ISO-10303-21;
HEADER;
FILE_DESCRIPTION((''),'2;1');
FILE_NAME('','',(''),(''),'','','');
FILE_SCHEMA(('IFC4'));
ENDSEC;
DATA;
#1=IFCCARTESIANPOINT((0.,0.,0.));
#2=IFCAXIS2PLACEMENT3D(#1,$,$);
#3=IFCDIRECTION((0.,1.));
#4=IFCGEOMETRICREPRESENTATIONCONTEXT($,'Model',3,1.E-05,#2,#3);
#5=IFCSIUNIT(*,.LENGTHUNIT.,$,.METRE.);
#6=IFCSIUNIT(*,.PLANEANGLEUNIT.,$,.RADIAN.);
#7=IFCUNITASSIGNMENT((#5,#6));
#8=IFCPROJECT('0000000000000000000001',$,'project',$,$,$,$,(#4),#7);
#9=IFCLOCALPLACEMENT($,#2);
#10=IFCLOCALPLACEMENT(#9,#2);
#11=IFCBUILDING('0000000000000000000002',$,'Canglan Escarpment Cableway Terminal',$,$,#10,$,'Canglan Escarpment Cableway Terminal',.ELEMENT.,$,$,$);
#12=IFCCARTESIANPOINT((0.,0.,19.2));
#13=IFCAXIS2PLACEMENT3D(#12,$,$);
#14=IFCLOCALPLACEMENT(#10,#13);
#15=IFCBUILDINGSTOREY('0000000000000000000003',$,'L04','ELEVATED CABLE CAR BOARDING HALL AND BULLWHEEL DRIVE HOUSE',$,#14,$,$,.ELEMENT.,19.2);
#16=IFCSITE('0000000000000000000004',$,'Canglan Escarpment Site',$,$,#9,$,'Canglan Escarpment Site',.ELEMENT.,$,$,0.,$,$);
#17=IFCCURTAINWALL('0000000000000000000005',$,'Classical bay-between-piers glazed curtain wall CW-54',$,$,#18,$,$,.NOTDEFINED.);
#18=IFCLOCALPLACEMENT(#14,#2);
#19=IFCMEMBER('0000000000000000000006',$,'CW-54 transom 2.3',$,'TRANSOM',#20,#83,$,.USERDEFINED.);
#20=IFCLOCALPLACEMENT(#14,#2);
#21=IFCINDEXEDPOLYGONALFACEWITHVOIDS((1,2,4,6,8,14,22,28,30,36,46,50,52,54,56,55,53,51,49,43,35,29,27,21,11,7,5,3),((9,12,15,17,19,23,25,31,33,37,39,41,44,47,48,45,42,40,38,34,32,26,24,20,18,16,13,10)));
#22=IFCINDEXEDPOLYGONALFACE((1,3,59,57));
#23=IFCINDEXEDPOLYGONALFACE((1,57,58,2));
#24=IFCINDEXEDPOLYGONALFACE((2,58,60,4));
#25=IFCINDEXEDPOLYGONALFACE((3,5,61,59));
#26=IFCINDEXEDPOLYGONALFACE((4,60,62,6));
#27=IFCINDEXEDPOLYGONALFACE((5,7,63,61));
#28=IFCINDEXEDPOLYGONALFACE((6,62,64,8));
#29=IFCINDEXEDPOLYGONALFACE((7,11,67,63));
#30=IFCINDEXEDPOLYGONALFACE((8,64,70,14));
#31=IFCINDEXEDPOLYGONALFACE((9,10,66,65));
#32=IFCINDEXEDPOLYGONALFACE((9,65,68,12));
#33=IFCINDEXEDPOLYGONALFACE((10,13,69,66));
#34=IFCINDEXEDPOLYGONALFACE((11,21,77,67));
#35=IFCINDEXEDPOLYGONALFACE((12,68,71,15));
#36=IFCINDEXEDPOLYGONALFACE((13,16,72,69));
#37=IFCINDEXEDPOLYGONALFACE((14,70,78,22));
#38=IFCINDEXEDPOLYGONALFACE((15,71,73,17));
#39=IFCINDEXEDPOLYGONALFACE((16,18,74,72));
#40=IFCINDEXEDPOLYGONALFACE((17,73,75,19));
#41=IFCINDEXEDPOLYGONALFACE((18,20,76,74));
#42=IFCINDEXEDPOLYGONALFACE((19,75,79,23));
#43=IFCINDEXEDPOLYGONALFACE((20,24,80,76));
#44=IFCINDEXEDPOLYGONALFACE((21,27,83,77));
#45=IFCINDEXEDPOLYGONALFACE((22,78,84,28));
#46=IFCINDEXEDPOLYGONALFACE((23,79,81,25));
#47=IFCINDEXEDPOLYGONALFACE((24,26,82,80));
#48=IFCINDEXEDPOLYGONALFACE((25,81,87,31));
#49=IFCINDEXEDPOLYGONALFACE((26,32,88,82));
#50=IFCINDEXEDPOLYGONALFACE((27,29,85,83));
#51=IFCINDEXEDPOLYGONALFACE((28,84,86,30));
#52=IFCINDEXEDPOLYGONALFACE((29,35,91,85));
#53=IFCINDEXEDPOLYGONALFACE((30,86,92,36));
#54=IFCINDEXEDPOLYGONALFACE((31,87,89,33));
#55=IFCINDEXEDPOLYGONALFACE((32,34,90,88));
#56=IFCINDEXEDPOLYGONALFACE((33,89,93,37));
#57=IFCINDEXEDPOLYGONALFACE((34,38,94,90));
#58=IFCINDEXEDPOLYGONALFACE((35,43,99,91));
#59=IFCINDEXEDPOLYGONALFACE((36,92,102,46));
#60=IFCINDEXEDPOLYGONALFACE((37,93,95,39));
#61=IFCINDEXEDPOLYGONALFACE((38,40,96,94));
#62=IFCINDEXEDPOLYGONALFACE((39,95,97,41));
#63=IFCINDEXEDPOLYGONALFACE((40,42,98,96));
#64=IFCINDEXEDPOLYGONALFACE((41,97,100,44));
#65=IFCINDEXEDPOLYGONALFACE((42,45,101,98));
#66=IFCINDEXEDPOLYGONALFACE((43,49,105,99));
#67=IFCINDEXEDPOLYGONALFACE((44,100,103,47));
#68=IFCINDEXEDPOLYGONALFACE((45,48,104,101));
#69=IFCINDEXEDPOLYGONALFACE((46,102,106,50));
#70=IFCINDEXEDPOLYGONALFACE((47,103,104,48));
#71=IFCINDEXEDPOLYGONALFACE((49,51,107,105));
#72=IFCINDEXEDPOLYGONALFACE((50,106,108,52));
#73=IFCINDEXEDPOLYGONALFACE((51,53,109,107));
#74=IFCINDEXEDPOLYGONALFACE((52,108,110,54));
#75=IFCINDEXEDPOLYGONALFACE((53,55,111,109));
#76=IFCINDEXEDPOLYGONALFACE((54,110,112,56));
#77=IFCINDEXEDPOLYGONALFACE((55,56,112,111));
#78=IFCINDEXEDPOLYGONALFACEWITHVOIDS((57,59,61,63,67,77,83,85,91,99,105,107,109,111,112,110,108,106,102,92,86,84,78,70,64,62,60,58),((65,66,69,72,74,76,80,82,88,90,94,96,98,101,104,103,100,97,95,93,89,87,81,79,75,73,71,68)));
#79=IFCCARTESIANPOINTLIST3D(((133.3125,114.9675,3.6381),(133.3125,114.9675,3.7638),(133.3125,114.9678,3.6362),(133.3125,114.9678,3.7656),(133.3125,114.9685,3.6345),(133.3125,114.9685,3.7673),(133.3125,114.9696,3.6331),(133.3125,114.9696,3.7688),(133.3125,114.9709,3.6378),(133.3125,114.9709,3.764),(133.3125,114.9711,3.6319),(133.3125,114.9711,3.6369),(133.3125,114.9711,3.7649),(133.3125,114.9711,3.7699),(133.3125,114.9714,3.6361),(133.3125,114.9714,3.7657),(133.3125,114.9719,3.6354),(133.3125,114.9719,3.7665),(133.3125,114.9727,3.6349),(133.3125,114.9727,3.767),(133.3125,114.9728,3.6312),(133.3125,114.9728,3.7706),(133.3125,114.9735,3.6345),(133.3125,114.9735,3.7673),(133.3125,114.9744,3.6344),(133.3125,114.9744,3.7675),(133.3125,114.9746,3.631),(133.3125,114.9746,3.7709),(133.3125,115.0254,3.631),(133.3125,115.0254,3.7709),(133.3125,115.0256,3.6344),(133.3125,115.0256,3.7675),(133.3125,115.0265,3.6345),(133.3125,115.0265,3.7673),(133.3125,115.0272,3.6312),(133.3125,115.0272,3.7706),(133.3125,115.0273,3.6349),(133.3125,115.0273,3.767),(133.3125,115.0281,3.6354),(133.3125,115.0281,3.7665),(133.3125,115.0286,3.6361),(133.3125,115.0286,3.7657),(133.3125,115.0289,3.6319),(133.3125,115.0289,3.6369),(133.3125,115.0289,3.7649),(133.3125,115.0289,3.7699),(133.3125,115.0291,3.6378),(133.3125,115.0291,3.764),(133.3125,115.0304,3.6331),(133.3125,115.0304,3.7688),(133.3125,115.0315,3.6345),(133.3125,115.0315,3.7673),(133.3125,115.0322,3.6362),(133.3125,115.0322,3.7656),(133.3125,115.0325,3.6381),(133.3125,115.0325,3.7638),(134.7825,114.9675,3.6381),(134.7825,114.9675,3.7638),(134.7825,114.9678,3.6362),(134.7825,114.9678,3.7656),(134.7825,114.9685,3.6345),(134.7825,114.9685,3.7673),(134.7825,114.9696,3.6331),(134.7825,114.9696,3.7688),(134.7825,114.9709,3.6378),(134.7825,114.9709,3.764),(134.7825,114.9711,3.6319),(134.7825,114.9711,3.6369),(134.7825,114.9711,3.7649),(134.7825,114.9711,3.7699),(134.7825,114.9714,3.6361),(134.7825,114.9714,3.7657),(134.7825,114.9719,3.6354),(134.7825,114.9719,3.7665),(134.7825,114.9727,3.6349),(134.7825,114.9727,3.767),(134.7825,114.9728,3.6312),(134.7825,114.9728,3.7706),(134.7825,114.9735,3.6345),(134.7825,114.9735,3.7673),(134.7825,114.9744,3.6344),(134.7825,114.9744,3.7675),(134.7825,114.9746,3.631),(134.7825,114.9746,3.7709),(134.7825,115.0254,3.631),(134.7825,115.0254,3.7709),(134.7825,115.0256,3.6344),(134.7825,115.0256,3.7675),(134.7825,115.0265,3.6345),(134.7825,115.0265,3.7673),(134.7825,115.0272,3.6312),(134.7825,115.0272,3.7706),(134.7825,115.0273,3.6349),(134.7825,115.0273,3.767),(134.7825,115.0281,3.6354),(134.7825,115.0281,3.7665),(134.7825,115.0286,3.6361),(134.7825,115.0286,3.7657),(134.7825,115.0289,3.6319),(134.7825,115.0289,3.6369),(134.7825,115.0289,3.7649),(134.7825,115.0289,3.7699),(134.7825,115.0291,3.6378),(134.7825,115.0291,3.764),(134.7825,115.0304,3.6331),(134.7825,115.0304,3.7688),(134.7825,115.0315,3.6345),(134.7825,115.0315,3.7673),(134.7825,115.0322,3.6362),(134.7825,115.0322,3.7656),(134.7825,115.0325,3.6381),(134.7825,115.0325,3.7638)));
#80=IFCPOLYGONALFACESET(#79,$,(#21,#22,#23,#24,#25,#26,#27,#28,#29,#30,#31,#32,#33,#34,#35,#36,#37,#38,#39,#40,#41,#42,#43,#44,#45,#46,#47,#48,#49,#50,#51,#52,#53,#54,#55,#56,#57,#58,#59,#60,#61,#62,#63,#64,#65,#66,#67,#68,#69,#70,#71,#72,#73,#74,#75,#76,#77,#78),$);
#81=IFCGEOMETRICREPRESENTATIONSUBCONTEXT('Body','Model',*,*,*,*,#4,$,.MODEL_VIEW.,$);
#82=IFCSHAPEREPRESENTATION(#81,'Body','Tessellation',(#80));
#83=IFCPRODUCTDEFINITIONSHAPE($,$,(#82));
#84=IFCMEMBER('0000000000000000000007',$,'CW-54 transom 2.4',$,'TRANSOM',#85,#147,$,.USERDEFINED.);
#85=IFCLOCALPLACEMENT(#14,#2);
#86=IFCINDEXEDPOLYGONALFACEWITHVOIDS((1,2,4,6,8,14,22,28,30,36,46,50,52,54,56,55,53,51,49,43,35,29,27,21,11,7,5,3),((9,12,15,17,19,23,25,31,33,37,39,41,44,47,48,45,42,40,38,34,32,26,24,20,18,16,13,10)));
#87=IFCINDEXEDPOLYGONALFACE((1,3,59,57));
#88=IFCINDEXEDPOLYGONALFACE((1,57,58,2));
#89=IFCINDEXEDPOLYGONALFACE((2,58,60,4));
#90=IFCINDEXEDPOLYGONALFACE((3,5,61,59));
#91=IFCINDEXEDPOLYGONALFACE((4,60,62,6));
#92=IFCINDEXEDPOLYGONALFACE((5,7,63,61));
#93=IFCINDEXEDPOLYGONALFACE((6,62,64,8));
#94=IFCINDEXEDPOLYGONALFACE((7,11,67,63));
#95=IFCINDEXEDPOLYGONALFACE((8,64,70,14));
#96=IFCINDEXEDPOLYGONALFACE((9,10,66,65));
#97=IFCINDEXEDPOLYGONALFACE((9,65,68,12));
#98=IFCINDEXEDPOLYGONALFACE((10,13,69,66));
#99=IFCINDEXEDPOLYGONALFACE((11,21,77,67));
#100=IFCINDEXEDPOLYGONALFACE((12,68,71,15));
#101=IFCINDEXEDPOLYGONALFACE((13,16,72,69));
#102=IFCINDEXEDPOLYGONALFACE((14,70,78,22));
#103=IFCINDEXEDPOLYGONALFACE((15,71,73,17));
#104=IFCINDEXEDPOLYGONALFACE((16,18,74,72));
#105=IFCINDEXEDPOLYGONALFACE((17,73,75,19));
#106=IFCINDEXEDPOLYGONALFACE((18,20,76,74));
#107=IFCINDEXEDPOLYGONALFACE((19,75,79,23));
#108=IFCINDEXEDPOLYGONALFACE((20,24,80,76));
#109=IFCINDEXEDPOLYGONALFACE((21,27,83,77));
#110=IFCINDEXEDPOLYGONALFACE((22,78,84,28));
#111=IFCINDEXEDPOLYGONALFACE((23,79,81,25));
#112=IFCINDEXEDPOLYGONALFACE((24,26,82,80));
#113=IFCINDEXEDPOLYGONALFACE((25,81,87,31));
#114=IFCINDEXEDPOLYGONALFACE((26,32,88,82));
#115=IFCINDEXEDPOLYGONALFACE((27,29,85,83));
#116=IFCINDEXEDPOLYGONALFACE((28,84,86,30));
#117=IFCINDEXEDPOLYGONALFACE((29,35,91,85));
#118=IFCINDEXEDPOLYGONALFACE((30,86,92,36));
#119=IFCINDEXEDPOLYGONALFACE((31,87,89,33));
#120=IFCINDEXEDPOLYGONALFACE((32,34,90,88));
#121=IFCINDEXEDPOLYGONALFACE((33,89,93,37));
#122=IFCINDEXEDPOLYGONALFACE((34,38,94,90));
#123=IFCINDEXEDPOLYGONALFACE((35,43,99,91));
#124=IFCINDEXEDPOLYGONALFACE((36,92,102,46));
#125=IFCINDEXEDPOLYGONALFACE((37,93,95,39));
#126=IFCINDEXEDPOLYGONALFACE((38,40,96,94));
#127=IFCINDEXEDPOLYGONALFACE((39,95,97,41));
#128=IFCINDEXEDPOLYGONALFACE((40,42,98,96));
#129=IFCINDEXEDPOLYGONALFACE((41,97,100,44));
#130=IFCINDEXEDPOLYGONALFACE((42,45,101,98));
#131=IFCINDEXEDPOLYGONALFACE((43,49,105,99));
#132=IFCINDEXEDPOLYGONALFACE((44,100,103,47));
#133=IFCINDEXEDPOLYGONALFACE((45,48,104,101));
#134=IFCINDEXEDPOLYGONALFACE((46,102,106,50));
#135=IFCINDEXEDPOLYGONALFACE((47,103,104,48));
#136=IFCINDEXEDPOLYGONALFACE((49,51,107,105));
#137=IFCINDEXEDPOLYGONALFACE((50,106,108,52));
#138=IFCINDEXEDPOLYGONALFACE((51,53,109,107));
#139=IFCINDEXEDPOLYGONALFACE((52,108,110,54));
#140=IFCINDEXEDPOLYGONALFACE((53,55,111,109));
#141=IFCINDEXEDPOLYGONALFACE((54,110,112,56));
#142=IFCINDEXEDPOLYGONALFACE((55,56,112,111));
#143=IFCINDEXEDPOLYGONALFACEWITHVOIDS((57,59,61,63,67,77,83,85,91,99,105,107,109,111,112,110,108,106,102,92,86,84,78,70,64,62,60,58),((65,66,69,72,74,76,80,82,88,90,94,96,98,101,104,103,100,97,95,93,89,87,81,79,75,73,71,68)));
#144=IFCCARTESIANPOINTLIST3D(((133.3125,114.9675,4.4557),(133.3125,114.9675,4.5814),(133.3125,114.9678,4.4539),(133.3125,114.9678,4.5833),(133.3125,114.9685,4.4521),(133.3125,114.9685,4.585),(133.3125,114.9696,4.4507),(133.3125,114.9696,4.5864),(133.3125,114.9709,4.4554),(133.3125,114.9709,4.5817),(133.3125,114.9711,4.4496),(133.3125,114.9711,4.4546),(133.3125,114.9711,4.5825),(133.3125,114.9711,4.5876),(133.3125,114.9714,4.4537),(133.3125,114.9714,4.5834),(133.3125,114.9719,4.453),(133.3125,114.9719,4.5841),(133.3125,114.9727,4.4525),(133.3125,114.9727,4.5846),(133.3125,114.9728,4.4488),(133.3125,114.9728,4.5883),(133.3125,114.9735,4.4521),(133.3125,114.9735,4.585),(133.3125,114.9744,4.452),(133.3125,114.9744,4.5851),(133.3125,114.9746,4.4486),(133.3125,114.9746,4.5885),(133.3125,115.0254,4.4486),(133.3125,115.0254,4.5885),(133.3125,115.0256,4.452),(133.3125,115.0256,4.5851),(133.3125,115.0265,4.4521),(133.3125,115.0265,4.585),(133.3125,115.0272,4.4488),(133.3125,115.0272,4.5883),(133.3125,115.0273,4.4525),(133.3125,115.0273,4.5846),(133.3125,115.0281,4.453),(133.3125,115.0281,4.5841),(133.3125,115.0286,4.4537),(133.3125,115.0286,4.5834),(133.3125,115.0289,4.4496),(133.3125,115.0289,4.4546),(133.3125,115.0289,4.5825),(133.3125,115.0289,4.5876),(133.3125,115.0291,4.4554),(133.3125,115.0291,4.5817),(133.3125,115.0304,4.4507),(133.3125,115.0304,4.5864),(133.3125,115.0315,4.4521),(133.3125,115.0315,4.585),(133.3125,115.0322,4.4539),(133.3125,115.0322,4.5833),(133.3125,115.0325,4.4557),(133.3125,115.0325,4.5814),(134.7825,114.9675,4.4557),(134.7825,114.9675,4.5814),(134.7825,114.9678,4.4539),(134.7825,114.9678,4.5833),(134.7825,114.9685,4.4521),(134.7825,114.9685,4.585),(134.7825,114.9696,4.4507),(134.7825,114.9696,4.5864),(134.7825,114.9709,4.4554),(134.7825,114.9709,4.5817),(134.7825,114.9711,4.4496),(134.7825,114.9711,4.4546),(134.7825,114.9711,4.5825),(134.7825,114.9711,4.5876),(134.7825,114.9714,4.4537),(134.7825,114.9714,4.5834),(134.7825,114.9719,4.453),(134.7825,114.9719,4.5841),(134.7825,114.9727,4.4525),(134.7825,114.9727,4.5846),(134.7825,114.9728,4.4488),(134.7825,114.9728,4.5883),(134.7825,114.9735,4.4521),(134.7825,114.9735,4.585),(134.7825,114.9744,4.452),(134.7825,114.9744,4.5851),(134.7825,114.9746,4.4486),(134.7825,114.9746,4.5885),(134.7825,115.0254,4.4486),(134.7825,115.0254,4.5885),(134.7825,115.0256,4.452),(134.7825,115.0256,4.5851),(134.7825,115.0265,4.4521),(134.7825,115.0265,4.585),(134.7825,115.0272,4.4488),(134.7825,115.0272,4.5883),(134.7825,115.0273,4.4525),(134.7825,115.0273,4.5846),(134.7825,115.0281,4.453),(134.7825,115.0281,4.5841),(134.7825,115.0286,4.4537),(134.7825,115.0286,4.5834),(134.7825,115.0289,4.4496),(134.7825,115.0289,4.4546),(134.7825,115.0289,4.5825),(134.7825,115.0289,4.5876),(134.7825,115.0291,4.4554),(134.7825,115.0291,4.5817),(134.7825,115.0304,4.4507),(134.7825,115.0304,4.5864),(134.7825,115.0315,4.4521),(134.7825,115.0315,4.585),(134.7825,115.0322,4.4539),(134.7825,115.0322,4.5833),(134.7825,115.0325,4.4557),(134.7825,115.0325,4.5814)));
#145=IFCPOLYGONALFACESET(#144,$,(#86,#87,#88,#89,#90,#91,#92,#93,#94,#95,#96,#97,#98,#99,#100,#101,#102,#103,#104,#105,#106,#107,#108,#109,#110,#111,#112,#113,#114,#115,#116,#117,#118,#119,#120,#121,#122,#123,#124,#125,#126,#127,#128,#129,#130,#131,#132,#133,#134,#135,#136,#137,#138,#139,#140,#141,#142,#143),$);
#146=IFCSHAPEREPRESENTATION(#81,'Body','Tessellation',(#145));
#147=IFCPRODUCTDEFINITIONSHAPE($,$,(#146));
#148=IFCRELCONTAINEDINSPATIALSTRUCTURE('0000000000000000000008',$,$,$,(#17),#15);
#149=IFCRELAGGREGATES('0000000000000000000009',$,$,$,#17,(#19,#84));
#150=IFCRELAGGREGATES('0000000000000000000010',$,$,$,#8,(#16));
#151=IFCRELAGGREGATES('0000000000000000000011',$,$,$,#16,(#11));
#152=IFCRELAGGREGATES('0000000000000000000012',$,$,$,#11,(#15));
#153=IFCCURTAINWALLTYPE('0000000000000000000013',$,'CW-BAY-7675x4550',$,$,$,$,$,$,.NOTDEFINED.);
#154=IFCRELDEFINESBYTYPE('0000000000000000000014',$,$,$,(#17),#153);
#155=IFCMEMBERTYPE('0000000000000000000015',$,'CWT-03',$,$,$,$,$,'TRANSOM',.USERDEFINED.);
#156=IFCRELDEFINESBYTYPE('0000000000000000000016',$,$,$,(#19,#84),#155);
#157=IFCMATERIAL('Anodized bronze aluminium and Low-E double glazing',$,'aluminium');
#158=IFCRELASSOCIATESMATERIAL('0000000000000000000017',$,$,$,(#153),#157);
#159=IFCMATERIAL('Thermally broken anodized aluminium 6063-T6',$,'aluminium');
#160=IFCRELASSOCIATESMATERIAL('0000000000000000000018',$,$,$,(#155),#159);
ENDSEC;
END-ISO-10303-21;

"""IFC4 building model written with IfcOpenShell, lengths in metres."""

from ifc_helpers import new_model, si_unit, direction, frame, origin, origin_2d, place, context, subcontext, project, spatial, hollow_rectangle, extrude, material, material_profile, profile_set, type_object, element, aggregate, save


model = new_model("IFC4")

# Units and contexts
model_context = context("Model", 3, precision=1e-05, world=origin(), true_north=direction((0.0, 1.0)))
body_context = subcontext(model_context, "Body", "Model", "MODEL_VIEW")
ifc_project = project(units=[si_unit("LENGTHUNIT", "METRE"), si_unit("PLANEANGLEUNIT", "RADIAN")], contexts=[model_context])

# Site, building, storey
site_placement = place(None, origin())
site = spatial("IfcSite", under=ifc_project, at=site_placement, Name="Canglan Escarpment Site", LongName="Canglan Escarpment Site", CompositionType="ELEMENT", RefElevation=0.0)
building_placement = place(site_placement, origin())
building = spatial("IfcBuilding", under=site, at=building_placement, Name="Canglan Escarpment Cableway Terminal", LongName="Canglan Escarpment Cableway Terminal", CompositionType="ELEMENT")
storey_placement = place(building_placement, frame((0.0, 0.0, 19.2)))
storey = spatial("IfcBuildingStorey", under=building, at=storey_placement, Name="L04", Description="ELEVATED CABLE CAR BOARDING HALL AND BULLWHEEL DRIVE HOUSE", CompositionType="ELEMENT", Elevation=19.2)

# Curtain wall, members
ifc_material_1 = material(Name="Anodized bronze aluminium and Low-E double glazing", Category="aluminium")
curtain_wall_type = type_object("IfcCurtainWallType", Name="CW-BAY-7675x4550", PredefinedType="NOTDEFINED", material=ifc_material_1)
curtain_wall_placement = place(storey_placement, origin())
curtain_wall = element("IfcCurtainWall", 1, at=curtain_wall_placement, inside=storey, type_object=curtain_wall_type, Name="Classical bay-between-piers glazed curtain wall CW-54", PredefinedType="NOTDEFINED")
ifc_material_2 = material(Name="Thermally broken anodized aluminium 6063-T6", Category="aluminium")
ifc_material_profile_1 = material_profile(ifc_material_2, hollow_rectangle(XDim=0.0649, YDim=0.1399, WallThickness=0.0034, InnerFilletRadius=0.0034, OuterFilletRadius=0.0071, at=origin_2d()), Name="ALU-TRAN 65x140x3.5")
ifc_profile_set_1 = profile_set([ifc_material_profile_1], Name="Thermally broken anodized aluminium 6063-T6")
member_type_1 = type_object("IfcMemberType", Name="CWT-03", ElementType="TRANSOM", PredefinedType="USERDEFINED", material=ifc_profile_set_1)
member_1_placement = place(storey_placement, frame((134.7825, 115.0, 3.7009), z_axis=(-1.0, 0.0, 0.0), x_axis=(0.0, -1.0, 0.0)))
member_1 = element("IfcMember", 2, at=member_1_placement, type_object=member_type_1, Name="CW-54 transom 2.3", ObjectType="TRANSOM", PredefinedType="USERDEFINED", context=body_context, shape_type="SweptSolid", body=[
    extrude(hollow_rectangle(XDim=0.0649, YDim=0.1399, WallThickness=0.0034, InnerFilletRadius=0.0034, OuterFilletRadius=0.0071, at=origin_2d()), origin(), (0.0, 0.0, 1.0), 1.47),
])
member_2_placement = place(storey_placement, frame((134.7825, 115.0, 4.5186), z_axis=(-1.0, 0.0, 0.0), x_axis=(0.0, -1.0, 0.0)))
member_2 = element("IfcMember", 3, at=member_2_placement, type_object=member_type_1, Name="CW-54 transom 2.4", ObjectType="TRANSOM", PredefinedType="USERDEFINED", context=body_context, shape_type="SweptSolid", body=[
    extrude(hollow_rectangle(XDim=0.0649, YDim=0.1399, WallThickness=0.0034, InnerFilletRadius=0.0034, OuterFilletRadius=0.0071, at=origin_2d()), origin(), (0.0, 0.0, 1.0), 1.47),
])
aggregate(curtain_wall, [member_1, member_2])

save(model, "model.ifc")
